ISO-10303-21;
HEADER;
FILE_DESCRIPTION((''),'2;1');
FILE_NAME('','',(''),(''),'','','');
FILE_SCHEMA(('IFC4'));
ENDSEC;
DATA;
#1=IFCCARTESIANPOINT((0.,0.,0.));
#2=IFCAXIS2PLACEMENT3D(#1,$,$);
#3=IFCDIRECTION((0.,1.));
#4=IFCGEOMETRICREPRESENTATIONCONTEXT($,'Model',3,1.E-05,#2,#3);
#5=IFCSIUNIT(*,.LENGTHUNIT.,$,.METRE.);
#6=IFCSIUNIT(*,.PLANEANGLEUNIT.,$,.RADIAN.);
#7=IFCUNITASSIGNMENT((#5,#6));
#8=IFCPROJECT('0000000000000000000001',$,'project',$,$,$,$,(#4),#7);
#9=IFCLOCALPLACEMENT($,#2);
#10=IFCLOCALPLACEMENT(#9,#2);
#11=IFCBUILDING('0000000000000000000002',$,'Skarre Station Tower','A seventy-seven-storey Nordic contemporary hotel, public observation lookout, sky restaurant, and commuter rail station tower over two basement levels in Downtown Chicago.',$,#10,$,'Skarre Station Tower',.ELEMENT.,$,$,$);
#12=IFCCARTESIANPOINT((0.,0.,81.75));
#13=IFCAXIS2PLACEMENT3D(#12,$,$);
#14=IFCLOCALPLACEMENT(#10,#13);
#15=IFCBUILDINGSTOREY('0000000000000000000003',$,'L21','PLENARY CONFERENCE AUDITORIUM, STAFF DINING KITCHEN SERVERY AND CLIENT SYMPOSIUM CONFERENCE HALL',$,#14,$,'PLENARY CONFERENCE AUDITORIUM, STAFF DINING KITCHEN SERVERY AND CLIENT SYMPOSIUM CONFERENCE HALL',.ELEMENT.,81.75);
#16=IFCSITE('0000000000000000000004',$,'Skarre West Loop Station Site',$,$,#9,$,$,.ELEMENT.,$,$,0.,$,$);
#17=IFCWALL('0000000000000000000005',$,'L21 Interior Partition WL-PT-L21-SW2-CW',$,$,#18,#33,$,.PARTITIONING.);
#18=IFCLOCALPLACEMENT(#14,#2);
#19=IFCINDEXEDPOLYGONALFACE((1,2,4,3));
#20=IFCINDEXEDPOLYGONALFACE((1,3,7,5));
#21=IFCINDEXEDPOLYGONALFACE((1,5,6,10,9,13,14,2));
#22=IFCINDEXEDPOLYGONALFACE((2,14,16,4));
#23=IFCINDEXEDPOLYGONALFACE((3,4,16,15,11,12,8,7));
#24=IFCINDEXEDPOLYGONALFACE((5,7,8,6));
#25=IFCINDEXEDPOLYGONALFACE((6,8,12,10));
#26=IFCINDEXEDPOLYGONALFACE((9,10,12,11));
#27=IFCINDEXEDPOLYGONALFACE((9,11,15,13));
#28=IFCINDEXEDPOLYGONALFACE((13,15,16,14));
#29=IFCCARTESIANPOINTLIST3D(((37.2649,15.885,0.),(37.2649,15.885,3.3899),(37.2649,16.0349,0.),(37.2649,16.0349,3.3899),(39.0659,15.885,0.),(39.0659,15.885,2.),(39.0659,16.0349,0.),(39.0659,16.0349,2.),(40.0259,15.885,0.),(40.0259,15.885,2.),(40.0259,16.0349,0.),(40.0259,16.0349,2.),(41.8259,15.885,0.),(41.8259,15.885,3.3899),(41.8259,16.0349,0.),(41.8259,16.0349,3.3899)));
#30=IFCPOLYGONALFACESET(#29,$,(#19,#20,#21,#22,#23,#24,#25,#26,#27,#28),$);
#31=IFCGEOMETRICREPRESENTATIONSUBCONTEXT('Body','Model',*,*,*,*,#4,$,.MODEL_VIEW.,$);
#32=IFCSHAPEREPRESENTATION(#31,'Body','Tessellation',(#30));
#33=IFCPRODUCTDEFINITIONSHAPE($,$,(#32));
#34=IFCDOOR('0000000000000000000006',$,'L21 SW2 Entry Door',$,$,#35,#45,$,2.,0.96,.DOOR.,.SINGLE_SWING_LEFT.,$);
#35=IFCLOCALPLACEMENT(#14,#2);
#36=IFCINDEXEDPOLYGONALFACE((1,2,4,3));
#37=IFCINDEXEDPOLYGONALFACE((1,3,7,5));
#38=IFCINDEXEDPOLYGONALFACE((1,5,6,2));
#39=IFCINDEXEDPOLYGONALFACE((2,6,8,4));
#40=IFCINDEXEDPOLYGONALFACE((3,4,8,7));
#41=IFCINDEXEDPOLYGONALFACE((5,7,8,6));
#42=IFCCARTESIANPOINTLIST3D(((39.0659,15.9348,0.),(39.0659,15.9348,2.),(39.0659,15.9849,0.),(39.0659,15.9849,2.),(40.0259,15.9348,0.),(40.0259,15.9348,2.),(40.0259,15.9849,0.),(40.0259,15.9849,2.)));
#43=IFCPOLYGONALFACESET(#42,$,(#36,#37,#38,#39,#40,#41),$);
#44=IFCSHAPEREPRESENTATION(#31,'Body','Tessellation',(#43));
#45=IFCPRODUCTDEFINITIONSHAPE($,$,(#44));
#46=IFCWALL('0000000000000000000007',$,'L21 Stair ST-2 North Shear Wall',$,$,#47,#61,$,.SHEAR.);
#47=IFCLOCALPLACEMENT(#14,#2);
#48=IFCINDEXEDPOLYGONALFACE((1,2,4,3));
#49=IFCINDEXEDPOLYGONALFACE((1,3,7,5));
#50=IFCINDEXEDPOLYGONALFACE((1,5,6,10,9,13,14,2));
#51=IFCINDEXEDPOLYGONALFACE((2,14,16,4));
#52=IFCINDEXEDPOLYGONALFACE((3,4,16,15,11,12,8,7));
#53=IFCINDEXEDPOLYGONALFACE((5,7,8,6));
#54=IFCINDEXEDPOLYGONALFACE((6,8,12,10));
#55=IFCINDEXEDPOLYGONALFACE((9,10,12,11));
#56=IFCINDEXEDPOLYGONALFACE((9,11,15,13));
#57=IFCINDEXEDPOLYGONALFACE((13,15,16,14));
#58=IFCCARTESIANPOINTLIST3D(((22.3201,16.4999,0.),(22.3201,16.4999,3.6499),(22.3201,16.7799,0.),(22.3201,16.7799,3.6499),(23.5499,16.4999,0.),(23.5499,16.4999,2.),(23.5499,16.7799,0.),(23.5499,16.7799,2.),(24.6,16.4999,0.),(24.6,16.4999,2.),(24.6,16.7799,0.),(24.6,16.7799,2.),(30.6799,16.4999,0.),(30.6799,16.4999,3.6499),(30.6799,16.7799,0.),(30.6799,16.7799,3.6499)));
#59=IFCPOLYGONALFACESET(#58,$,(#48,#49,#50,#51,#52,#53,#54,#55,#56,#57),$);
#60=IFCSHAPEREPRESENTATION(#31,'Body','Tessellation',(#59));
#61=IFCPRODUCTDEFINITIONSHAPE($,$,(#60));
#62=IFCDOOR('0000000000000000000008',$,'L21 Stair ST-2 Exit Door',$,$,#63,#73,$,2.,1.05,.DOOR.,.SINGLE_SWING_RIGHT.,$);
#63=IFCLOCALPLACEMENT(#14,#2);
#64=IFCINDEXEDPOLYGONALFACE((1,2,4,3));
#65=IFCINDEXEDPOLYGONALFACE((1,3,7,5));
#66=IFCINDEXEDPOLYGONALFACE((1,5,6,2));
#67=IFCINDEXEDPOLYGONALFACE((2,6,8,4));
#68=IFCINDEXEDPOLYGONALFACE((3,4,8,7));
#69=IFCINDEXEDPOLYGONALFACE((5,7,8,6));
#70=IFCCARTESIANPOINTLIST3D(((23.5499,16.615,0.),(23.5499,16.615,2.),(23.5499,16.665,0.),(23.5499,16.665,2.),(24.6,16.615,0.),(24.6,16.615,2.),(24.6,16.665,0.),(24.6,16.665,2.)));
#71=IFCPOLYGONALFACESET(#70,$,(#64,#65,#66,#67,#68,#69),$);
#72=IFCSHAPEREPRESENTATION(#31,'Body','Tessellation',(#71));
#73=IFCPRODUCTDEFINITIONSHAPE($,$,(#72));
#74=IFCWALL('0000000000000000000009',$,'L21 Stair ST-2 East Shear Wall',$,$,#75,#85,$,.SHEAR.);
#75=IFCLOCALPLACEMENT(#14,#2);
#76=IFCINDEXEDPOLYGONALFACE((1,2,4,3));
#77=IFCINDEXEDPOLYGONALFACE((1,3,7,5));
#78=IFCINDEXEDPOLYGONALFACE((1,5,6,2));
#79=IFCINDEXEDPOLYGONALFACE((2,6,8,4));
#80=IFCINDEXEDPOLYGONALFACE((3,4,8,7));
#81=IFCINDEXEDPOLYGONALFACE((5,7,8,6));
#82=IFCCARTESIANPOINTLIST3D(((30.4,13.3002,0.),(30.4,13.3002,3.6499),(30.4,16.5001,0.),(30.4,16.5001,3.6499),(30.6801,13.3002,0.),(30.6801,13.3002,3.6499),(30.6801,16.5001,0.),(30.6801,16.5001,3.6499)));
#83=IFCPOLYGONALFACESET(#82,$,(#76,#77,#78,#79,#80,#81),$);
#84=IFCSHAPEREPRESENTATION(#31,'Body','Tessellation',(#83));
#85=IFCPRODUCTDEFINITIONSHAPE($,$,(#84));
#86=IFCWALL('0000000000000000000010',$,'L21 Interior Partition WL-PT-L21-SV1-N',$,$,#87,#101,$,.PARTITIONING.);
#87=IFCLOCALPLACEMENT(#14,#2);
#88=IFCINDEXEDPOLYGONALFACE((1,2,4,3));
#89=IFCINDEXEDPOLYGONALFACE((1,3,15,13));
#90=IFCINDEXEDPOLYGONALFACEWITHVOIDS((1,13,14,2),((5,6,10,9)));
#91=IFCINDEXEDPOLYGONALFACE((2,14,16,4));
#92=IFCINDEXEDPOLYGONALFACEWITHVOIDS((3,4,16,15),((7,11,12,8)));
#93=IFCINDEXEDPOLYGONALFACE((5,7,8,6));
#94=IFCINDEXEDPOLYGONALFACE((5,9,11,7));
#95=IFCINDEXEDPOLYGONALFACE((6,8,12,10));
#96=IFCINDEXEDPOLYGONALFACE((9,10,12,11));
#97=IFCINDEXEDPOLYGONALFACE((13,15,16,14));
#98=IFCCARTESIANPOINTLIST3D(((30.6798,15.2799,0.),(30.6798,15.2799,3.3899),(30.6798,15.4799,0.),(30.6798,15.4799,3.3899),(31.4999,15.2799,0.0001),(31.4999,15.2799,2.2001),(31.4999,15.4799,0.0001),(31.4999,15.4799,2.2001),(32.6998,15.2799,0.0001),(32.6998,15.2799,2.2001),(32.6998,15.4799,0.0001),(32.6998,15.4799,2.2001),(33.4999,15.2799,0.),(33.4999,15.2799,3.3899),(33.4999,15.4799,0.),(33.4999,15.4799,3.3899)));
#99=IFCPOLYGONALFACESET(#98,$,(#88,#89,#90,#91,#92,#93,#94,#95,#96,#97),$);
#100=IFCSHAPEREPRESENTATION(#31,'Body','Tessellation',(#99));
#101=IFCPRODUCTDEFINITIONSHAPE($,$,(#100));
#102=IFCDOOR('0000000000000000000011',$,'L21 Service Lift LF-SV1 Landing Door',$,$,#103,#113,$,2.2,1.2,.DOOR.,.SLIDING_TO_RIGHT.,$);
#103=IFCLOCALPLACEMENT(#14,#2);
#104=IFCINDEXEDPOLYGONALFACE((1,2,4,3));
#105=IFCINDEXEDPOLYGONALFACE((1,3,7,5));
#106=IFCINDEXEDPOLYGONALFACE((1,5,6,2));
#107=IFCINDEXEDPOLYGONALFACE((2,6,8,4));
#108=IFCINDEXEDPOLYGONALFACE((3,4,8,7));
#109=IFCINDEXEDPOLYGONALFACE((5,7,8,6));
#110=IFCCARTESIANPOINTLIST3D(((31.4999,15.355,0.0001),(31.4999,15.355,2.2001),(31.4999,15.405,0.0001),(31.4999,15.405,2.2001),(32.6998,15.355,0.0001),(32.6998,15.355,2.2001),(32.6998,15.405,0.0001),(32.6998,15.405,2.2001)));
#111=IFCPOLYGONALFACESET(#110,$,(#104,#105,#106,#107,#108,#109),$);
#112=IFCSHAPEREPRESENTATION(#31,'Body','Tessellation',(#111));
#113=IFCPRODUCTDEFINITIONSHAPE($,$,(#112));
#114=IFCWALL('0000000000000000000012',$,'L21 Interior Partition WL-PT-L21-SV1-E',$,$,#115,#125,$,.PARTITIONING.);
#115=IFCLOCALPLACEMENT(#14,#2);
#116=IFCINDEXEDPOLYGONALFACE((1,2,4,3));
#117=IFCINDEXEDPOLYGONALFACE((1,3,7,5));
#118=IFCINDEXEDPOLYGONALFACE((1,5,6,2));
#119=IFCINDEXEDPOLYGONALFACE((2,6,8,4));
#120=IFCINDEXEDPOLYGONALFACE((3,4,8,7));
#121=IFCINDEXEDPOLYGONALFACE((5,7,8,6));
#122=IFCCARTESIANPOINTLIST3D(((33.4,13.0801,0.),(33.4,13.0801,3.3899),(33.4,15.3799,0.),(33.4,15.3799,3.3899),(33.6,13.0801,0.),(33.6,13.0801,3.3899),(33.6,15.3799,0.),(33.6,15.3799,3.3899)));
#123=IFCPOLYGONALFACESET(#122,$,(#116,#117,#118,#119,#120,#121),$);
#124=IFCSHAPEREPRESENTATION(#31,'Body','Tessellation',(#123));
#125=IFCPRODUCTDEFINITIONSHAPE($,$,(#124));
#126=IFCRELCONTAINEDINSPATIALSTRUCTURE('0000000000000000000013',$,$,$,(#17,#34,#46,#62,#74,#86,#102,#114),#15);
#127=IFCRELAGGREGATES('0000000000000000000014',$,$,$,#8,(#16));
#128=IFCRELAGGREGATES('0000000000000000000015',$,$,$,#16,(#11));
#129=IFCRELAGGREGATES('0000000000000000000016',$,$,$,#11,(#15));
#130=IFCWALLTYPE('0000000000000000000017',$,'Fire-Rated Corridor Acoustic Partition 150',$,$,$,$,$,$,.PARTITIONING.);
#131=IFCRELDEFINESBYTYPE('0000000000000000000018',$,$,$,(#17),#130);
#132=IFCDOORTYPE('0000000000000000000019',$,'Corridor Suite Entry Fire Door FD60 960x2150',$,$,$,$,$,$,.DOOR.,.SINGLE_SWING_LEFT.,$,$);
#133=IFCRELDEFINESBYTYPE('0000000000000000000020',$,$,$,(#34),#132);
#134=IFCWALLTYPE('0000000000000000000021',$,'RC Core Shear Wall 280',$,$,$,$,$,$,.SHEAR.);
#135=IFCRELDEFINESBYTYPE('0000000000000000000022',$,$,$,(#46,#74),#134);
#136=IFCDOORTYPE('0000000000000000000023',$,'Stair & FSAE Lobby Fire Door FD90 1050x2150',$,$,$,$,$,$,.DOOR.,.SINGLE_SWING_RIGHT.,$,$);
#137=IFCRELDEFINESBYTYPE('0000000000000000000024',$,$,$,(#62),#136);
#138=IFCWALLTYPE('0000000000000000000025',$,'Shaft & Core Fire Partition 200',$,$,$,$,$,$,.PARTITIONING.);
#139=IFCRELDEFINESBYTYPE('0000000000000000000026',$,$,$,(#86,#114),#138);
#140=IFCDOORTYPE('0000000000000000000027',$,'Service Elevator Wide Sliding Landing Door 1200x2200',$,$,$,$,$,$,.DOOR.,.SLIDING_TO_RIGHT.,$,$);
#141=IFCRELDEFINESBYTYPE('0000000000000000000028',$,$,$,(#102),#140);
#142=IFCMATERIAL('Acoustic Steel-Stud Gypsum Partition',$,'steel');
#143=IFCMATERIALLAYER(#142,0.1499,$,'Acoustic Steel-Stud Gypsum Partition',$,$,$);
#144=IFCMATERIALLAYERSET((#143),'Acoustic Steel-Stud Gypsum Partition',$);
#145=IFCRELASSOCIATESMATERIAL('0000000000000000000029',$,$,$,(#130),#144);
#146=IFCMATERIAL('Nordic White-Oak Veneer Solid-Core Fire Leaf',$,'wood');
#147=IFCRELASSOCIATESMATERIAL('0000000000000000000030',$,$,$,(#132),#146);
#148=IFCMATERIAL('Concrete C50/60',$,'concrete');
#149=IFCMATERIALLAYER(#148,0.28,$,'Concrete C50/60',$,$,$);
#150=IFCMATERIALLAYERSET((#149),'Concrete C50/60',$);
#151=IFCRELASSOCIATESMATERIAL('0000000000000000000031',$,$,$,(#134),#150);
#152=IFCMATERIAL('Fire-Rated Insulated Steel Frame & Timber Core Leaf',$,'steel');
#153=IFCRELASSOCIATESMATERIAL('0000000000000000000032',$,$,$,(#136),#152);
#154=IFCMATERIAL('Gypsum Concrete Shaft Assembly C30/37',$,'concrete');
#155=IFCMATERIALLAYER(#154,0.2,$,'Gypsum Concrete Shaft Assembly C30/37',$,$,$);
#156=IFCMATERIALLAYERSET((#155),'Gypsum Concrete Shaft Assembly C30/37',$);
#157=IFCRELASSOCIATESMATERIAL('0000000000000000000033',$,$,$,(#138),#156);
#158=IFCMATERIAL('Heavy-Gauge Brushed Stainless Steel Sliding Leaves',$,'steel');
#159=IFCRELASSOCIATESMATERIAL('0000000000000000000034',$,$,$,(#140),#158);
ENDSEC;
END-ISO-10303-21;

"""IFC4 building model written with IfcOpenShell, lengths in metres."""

from ifc_helpers import new_model, si_unit, direction, frame, frame_2d, origin, place, context, subcontext, project, spatial, rectangle, extrude, material, layer, layer_set, type_object, element, fill, save


model = new_model("IFC4")

# Units and contexts
model_context = context("Model", 3, precision=1e-05, world=origin(), true_north=direction((0.0, 1.0)))
body_context = subcontext(model_context, "Body", "Model", "MODEL_VIEW")
ifc_project = project(units=[si_unit("LENGTHUNIT", "METRE"), si_unit("PLANEANGLEUNIT", "RADIAN")], contexts=[model_context])

# Site, building, storey
site_placement = place(None, origin())
site = spatial("IfcSite", under=ifc_project, at=site_placement, Name="Skarre West Loop Station Site", CompositionType="ELEMENT", RefElevation=0.0)
building_placement = place(site_placement, origin())
building = spatial("IfcBuilding", under=site, at=building_placement, Name="Skarre Station Tower", Description="A seventy-seven-storey Nordic contemporary hotel, public observation lookout, sky restaurant, and commuter rail station tower over two basement levels in Downtown Chicago.", LongName="Skarre Station Tower", CompositionType="ELEMENT")
storey_placement = place(building_placement, frame((0.0, 0.0, 81.75)))
storey = spatial("IfcBuildingStorey", under=building, at=storey_placement, Name="L21", Description="PLENARY CONFERENCE AUDITORIUM, STAFF DINING KITCHEN SERVERY AND CLIENT SYMPOSIUM CONFERENCE HALL", LongName="PLENARY CONFERENCE AUDITORIUM, STAFF DINING KITCHEN SERVERY AND CLIENT SYMPOSIUM CONFERENCE HALL", CompositionType="ELEMENT", Elevation=81.75)

# Shared definitions
ifc_material_1 = material(Name="Acoustic Steel-Stud Gypsum Partition", Category="steel")
ifc_layer_1 = layer(ifc_material_1, 0.1499, Name="Acoustic Steel-Stud Gypsum Partition")
ifc_layer_set_1 = layer_set([ifc_layer_1], Name="Acoustic Steel-Stud Gypsum Partition")
wall_type_1 = type_object("IfcWallType", Name="Fire-Rated Corridor Acoustic Partition 150", PredefinedType="PARTITIONING", material=ifc_layer_set_1)

# Walls, openings, doors
ifc_material_2 = material(Name="Nordic White-Oak Veneer Solid-Core Fire Leaf", Category="wood")
door_type_1 = type_object("IfcDoorType", Name="Corridor Suite Entry Fire Door FD60 960x2150", OperationType="SINGLE_SWING_LEFT", PredefinedType="DOOR", material=ifc_material_2)
wall_1_placement = place(storey_placement, frame((37.2649, 15.96, 0.0), z_axis=(0.0, 0.0, 1.0), x_axis=(1.0, 0.0, 0.0)))
wall_1 = element("IfcWall", 1, at=wall_1_placement, inside=storey, type_object=wall_type_1, Name="L21 Interior Partition WL-PT-L21-SW2-CW", PredefinedType="PARTITIONING", context=body_context, shape_type="SweptSolid", body=[
    extrude(rectangle(XDim=4.561, YDim=0.1499, at=frame_2d((2.2805, 0.0))), origin(), (0.0, 0.0, 1.0), 3.3899),
])
opening_1_placement = place(wall_1_placement, frame((1.801, 0.0, 0.0)))
opening_1 = element("IfcOpeningElement", 2, at=opening_1_placement, cuts=wall_1, PredefinedType="OPENING", context=body_context, shape_type="SweptSolid", body=[
    extrude(rectangle(XDim=0.96, YDim=2.0, at=frame_2d((0.48, 1.0))), frame((0.0, 0.085, 0.0), z_axis=(0.0, -1.0, 0.0), x_axis=(1.0, 0.0, 0.0)), (0.0, 0.0, 1.0), 0.1699),
])
door_1_placement = place(opening_1_placement, origin())
door_1 = element("IfcDoor", 3, at=door_1_placement, inside=storey, type_object=door_type_1, Name="L21 SW2 Entry Door", OperationType="SINGLE_SWING_LEFT", OverallHeight=2.0, OverallWidth=0.96, PredefinedType="DOOR", context=body_context, shape_type="SweptSolid", body=[
    extrude(rectangle(XDim=0.96, YDim=2.0, at=frame_2d((0.48, 1.0))), frame((0.0, 0.0249, 0.0), z_axis=(0.0, -1.0, 0.0), x_axis=(1.0, 0.0, 0.0)), (0.0, 0.0, 1.0), 0.05),
])
fill(opening_1, door_1)
ifc_material_3 = material(Name="Concrete C50/60", Category="concrete")
ifc_layer_2 = layer(ifc_material_3, 0.28, Name="Concrete C50/60")
ifc_layer_set_2 = layer_set([ifc_layer_2], Name="Concrete C50/60")
wall_type_2 = type_object("IfcWallType", Name="RC Core Shear Wall 280", PredefinedType="SHEAR", material=ifc_layer_set_2)
wall_2_placement = place(storey_placement, frame((30.6799, 16.6399, 0.0), z_axis=(0.0, 0.0, 1.0), x_axis=(-1.0, 0.0, 0.0)))
wall_2 = element("IfcWall", 4, at=wall_2_placement, inside=storey, type_object=wall_type_2, Name="L21 Stair ST-2 North Shear Wall", PredefinedType="SHEAR", context=body_context, shape_type="SweptSolid", body=[
    extrude(rectangle(XDim=8.3599, YDim=0.28, at=frame_2d((4.1799, 0.0))), origin(), (0.0, 0.0, 1.0), 3.6499),
])
opening_2_placement = place(wall_2_placement, frame((6.0801, 0.0, 0.0)))
opening_2 = element("IfcOpeningElement", 5, at=opening_2_placement, cuts=wall_2, PredefinedType="OPENING", context=body_context, shape_type="SweptSolid", body=[
    extrude(rectangle(XDim=1.05, YDim=2.0, at=frame_2d((0.5249, 1.0))), frame((0.0, 0.1499, 0.0), z_axis=(0.0, -1.0, 0.0), x_axis=(1.0, 0.0, 0.0)), (0.0, 0.0, 1.0), 0.3),
])
ifc_material_4 = material(Name="Fire-Rated Insulated Steel Frame & Timber Core Leaf", Category="steel")
door_type_2 = type_object("IfcDoorType", Name="Stair & FSAE Lobby Fire Door FD90 1050x2150", OperationType="SINGLE_SWING_RIGHT", PredefinedType="DOOR", material=ifc_material_4)
door_2_placement = place(opening_2_placement, origin())
door_2 = element("IfcDoor", 6, at=door_2_placement, inside=storey, type_object=door_type_2, Name="L21 Stair ST-2 Exit Door", OperationType="SINGLE_SWING_RIGHT", OverallHeight=2.0, OverallWidth=1.05, PredefinedType="DOOR", context=body_context, shape_type="SweptSolid", body=[
    extrude(rectangle(XDim=1.05, YDim=2.0, at=frame_2d((0.5249, 1.0))), frame((0.0, 0.0249, 0.0), z_axis=(0.0, -1.0, 0.0), x_axis=(1.0, 0.0, 0.0)), (0.0, 0.0, 1.0), 0.05),
])
fill(opening_2, door_2)

# Wall
wall_3_placement = place(storey_placement, frame((30.54, 13.3, 0.0), z_axis=(0.0, 0.0, 1.0), x_axis=(0.0, 1.0, 0.0)))
element("IfcWall", 7, at=wall_3_placement, inside=storey, type_object=wall_type_2, Name="L21 Stair ST-2 East Shear Wall", PredefinedType="SHEAR", context=body_context, shape_type="SweptSolid", body=[
    extrude(rectangle(XDim=3.2, YDim=0.28, at=frame_2d((1.6001, 0.0))), origin(), (0.0, 0.0, 1.0), 3.6499),
])

# Wall, opening, door
ifc_material_5 = material(Name="Gypsum Concrete Shaft Assembly C30/37", Category="concrete")
ifc_layer_3 = layer(ifc_material_5, 0.2, Name="Gypsum Concrete Shaft Assembly C30/37")
ifc_layer_set_3 = layer_set([ifc_layer_3], Name="Gypsum Concrete Shaft Assembly C30/37")
wall_type_3 = type_object("IfcWallType", Name="Shaft & Core Fire Partition 200", PredefinedType="PARTITIONING", material=ifc_layer_set_3)
wall_4_placement = place(storey_placement, frame((33.5, 15.3799, 0.0), z_axis=(0.0, 0.0, 1.0), x_axis=(-1.0, 0.0, 0.0)))
wall_4 = element("IfcWall", 8, at=wall_4_placement, inside=storey, type_object=wall_type_3, Name="L21 Interior Partition WL-PT-L21-SV1-N", PredefinedType="PARTITIONING", context=body_context, shape_type="SweptSolid", body=[
    extrude(rectangle(XDim=2.8201, YDim=0.2, at=frame_2d((1.4102, 0.0))), origin(), (0.0, 0.0, 1.0), 3.3899),
])
opening_3_placement = place(wall_4_placement, frame((0.8, 0.0, 0.0)))
opening_3 = element("IfcOpeningElement", 9, at=opening_3_placement, cuts=wall_4, PredefinedType="OPENING", context=body_context, shape_type="SweptSolid", body=[
    extrude(rectangle(XDim=1.2, YDim=2.2, at=frame_2d((0.6001, 1.1001))), frame((0.0, 0.1099, 0.0), z_axis=(0.0, -1.0, 0.0), x_axis=(1.0, 0.0, 0.0)), (0.0, 0.0, 1.0), 0.22),
])
ifc_material_6 = material(Name="Heavy-Gauge Brushed Stainless Steel Sliding Leaves", Category="steel")
door_type_3 = type_object("IfcDoorType", Name="Service Elevator Wide Sliding Landing Door 1200x2200", OperationType="SLIDING_TO_RIGHT", PredefinedType="DOOR", material=ifc_material_6)
door_3_placement = place(opening_3_placement, origin())
door_3 = element("IfcDoor", 10, at=door_3_placement, inside=storey, type_object=door_type_3, Name="L21 Service Lift LF-SV1 Landing Door", OperationType="SLIDING_TO_RIGHT", OverallHeight=2.2, OverallWidth=1.2, PredefinedType="DOOR", context=body_context, shape_type="SweptSolid", body=[
    extrude(rectangle(XDim=1.2, YDim=2.2, at=frame_2d((0.6001, 1.1001))), frame((0.0, 0.0249, 0.0), z_axis=(0.0, -1.0, 0.0), x_axis=(1.0, 0.0, 0.0)), (0.0, 0.0, 1.0), 0.05),
])
fill(opening_3, door_3)

# Wall
wall_5_placement = place(storey_placement, frame((33.5, 13.0801, 0.0), z_axis=(0.0, 0.0, 1.0), x_axis=(0.0, 1.0, 0.0)))
element("IfcWall", 11, at=wall_5_placement, inside=storey, type_object=wall_type_3, Name="L21 Interior Partition WL-PT-L21-SV1-E", PredefinedType="PARTITIONING", context=body_context, shape_type="SweptSolid", body=[
    extrude(rectangle(XDim=2.2998, YDim=0.2, at=frame_2d((1.1499, 0.0))), origin(), (0.0, 0.0, 1.0), 3.3899),
])

save(model, "model.ifc")
